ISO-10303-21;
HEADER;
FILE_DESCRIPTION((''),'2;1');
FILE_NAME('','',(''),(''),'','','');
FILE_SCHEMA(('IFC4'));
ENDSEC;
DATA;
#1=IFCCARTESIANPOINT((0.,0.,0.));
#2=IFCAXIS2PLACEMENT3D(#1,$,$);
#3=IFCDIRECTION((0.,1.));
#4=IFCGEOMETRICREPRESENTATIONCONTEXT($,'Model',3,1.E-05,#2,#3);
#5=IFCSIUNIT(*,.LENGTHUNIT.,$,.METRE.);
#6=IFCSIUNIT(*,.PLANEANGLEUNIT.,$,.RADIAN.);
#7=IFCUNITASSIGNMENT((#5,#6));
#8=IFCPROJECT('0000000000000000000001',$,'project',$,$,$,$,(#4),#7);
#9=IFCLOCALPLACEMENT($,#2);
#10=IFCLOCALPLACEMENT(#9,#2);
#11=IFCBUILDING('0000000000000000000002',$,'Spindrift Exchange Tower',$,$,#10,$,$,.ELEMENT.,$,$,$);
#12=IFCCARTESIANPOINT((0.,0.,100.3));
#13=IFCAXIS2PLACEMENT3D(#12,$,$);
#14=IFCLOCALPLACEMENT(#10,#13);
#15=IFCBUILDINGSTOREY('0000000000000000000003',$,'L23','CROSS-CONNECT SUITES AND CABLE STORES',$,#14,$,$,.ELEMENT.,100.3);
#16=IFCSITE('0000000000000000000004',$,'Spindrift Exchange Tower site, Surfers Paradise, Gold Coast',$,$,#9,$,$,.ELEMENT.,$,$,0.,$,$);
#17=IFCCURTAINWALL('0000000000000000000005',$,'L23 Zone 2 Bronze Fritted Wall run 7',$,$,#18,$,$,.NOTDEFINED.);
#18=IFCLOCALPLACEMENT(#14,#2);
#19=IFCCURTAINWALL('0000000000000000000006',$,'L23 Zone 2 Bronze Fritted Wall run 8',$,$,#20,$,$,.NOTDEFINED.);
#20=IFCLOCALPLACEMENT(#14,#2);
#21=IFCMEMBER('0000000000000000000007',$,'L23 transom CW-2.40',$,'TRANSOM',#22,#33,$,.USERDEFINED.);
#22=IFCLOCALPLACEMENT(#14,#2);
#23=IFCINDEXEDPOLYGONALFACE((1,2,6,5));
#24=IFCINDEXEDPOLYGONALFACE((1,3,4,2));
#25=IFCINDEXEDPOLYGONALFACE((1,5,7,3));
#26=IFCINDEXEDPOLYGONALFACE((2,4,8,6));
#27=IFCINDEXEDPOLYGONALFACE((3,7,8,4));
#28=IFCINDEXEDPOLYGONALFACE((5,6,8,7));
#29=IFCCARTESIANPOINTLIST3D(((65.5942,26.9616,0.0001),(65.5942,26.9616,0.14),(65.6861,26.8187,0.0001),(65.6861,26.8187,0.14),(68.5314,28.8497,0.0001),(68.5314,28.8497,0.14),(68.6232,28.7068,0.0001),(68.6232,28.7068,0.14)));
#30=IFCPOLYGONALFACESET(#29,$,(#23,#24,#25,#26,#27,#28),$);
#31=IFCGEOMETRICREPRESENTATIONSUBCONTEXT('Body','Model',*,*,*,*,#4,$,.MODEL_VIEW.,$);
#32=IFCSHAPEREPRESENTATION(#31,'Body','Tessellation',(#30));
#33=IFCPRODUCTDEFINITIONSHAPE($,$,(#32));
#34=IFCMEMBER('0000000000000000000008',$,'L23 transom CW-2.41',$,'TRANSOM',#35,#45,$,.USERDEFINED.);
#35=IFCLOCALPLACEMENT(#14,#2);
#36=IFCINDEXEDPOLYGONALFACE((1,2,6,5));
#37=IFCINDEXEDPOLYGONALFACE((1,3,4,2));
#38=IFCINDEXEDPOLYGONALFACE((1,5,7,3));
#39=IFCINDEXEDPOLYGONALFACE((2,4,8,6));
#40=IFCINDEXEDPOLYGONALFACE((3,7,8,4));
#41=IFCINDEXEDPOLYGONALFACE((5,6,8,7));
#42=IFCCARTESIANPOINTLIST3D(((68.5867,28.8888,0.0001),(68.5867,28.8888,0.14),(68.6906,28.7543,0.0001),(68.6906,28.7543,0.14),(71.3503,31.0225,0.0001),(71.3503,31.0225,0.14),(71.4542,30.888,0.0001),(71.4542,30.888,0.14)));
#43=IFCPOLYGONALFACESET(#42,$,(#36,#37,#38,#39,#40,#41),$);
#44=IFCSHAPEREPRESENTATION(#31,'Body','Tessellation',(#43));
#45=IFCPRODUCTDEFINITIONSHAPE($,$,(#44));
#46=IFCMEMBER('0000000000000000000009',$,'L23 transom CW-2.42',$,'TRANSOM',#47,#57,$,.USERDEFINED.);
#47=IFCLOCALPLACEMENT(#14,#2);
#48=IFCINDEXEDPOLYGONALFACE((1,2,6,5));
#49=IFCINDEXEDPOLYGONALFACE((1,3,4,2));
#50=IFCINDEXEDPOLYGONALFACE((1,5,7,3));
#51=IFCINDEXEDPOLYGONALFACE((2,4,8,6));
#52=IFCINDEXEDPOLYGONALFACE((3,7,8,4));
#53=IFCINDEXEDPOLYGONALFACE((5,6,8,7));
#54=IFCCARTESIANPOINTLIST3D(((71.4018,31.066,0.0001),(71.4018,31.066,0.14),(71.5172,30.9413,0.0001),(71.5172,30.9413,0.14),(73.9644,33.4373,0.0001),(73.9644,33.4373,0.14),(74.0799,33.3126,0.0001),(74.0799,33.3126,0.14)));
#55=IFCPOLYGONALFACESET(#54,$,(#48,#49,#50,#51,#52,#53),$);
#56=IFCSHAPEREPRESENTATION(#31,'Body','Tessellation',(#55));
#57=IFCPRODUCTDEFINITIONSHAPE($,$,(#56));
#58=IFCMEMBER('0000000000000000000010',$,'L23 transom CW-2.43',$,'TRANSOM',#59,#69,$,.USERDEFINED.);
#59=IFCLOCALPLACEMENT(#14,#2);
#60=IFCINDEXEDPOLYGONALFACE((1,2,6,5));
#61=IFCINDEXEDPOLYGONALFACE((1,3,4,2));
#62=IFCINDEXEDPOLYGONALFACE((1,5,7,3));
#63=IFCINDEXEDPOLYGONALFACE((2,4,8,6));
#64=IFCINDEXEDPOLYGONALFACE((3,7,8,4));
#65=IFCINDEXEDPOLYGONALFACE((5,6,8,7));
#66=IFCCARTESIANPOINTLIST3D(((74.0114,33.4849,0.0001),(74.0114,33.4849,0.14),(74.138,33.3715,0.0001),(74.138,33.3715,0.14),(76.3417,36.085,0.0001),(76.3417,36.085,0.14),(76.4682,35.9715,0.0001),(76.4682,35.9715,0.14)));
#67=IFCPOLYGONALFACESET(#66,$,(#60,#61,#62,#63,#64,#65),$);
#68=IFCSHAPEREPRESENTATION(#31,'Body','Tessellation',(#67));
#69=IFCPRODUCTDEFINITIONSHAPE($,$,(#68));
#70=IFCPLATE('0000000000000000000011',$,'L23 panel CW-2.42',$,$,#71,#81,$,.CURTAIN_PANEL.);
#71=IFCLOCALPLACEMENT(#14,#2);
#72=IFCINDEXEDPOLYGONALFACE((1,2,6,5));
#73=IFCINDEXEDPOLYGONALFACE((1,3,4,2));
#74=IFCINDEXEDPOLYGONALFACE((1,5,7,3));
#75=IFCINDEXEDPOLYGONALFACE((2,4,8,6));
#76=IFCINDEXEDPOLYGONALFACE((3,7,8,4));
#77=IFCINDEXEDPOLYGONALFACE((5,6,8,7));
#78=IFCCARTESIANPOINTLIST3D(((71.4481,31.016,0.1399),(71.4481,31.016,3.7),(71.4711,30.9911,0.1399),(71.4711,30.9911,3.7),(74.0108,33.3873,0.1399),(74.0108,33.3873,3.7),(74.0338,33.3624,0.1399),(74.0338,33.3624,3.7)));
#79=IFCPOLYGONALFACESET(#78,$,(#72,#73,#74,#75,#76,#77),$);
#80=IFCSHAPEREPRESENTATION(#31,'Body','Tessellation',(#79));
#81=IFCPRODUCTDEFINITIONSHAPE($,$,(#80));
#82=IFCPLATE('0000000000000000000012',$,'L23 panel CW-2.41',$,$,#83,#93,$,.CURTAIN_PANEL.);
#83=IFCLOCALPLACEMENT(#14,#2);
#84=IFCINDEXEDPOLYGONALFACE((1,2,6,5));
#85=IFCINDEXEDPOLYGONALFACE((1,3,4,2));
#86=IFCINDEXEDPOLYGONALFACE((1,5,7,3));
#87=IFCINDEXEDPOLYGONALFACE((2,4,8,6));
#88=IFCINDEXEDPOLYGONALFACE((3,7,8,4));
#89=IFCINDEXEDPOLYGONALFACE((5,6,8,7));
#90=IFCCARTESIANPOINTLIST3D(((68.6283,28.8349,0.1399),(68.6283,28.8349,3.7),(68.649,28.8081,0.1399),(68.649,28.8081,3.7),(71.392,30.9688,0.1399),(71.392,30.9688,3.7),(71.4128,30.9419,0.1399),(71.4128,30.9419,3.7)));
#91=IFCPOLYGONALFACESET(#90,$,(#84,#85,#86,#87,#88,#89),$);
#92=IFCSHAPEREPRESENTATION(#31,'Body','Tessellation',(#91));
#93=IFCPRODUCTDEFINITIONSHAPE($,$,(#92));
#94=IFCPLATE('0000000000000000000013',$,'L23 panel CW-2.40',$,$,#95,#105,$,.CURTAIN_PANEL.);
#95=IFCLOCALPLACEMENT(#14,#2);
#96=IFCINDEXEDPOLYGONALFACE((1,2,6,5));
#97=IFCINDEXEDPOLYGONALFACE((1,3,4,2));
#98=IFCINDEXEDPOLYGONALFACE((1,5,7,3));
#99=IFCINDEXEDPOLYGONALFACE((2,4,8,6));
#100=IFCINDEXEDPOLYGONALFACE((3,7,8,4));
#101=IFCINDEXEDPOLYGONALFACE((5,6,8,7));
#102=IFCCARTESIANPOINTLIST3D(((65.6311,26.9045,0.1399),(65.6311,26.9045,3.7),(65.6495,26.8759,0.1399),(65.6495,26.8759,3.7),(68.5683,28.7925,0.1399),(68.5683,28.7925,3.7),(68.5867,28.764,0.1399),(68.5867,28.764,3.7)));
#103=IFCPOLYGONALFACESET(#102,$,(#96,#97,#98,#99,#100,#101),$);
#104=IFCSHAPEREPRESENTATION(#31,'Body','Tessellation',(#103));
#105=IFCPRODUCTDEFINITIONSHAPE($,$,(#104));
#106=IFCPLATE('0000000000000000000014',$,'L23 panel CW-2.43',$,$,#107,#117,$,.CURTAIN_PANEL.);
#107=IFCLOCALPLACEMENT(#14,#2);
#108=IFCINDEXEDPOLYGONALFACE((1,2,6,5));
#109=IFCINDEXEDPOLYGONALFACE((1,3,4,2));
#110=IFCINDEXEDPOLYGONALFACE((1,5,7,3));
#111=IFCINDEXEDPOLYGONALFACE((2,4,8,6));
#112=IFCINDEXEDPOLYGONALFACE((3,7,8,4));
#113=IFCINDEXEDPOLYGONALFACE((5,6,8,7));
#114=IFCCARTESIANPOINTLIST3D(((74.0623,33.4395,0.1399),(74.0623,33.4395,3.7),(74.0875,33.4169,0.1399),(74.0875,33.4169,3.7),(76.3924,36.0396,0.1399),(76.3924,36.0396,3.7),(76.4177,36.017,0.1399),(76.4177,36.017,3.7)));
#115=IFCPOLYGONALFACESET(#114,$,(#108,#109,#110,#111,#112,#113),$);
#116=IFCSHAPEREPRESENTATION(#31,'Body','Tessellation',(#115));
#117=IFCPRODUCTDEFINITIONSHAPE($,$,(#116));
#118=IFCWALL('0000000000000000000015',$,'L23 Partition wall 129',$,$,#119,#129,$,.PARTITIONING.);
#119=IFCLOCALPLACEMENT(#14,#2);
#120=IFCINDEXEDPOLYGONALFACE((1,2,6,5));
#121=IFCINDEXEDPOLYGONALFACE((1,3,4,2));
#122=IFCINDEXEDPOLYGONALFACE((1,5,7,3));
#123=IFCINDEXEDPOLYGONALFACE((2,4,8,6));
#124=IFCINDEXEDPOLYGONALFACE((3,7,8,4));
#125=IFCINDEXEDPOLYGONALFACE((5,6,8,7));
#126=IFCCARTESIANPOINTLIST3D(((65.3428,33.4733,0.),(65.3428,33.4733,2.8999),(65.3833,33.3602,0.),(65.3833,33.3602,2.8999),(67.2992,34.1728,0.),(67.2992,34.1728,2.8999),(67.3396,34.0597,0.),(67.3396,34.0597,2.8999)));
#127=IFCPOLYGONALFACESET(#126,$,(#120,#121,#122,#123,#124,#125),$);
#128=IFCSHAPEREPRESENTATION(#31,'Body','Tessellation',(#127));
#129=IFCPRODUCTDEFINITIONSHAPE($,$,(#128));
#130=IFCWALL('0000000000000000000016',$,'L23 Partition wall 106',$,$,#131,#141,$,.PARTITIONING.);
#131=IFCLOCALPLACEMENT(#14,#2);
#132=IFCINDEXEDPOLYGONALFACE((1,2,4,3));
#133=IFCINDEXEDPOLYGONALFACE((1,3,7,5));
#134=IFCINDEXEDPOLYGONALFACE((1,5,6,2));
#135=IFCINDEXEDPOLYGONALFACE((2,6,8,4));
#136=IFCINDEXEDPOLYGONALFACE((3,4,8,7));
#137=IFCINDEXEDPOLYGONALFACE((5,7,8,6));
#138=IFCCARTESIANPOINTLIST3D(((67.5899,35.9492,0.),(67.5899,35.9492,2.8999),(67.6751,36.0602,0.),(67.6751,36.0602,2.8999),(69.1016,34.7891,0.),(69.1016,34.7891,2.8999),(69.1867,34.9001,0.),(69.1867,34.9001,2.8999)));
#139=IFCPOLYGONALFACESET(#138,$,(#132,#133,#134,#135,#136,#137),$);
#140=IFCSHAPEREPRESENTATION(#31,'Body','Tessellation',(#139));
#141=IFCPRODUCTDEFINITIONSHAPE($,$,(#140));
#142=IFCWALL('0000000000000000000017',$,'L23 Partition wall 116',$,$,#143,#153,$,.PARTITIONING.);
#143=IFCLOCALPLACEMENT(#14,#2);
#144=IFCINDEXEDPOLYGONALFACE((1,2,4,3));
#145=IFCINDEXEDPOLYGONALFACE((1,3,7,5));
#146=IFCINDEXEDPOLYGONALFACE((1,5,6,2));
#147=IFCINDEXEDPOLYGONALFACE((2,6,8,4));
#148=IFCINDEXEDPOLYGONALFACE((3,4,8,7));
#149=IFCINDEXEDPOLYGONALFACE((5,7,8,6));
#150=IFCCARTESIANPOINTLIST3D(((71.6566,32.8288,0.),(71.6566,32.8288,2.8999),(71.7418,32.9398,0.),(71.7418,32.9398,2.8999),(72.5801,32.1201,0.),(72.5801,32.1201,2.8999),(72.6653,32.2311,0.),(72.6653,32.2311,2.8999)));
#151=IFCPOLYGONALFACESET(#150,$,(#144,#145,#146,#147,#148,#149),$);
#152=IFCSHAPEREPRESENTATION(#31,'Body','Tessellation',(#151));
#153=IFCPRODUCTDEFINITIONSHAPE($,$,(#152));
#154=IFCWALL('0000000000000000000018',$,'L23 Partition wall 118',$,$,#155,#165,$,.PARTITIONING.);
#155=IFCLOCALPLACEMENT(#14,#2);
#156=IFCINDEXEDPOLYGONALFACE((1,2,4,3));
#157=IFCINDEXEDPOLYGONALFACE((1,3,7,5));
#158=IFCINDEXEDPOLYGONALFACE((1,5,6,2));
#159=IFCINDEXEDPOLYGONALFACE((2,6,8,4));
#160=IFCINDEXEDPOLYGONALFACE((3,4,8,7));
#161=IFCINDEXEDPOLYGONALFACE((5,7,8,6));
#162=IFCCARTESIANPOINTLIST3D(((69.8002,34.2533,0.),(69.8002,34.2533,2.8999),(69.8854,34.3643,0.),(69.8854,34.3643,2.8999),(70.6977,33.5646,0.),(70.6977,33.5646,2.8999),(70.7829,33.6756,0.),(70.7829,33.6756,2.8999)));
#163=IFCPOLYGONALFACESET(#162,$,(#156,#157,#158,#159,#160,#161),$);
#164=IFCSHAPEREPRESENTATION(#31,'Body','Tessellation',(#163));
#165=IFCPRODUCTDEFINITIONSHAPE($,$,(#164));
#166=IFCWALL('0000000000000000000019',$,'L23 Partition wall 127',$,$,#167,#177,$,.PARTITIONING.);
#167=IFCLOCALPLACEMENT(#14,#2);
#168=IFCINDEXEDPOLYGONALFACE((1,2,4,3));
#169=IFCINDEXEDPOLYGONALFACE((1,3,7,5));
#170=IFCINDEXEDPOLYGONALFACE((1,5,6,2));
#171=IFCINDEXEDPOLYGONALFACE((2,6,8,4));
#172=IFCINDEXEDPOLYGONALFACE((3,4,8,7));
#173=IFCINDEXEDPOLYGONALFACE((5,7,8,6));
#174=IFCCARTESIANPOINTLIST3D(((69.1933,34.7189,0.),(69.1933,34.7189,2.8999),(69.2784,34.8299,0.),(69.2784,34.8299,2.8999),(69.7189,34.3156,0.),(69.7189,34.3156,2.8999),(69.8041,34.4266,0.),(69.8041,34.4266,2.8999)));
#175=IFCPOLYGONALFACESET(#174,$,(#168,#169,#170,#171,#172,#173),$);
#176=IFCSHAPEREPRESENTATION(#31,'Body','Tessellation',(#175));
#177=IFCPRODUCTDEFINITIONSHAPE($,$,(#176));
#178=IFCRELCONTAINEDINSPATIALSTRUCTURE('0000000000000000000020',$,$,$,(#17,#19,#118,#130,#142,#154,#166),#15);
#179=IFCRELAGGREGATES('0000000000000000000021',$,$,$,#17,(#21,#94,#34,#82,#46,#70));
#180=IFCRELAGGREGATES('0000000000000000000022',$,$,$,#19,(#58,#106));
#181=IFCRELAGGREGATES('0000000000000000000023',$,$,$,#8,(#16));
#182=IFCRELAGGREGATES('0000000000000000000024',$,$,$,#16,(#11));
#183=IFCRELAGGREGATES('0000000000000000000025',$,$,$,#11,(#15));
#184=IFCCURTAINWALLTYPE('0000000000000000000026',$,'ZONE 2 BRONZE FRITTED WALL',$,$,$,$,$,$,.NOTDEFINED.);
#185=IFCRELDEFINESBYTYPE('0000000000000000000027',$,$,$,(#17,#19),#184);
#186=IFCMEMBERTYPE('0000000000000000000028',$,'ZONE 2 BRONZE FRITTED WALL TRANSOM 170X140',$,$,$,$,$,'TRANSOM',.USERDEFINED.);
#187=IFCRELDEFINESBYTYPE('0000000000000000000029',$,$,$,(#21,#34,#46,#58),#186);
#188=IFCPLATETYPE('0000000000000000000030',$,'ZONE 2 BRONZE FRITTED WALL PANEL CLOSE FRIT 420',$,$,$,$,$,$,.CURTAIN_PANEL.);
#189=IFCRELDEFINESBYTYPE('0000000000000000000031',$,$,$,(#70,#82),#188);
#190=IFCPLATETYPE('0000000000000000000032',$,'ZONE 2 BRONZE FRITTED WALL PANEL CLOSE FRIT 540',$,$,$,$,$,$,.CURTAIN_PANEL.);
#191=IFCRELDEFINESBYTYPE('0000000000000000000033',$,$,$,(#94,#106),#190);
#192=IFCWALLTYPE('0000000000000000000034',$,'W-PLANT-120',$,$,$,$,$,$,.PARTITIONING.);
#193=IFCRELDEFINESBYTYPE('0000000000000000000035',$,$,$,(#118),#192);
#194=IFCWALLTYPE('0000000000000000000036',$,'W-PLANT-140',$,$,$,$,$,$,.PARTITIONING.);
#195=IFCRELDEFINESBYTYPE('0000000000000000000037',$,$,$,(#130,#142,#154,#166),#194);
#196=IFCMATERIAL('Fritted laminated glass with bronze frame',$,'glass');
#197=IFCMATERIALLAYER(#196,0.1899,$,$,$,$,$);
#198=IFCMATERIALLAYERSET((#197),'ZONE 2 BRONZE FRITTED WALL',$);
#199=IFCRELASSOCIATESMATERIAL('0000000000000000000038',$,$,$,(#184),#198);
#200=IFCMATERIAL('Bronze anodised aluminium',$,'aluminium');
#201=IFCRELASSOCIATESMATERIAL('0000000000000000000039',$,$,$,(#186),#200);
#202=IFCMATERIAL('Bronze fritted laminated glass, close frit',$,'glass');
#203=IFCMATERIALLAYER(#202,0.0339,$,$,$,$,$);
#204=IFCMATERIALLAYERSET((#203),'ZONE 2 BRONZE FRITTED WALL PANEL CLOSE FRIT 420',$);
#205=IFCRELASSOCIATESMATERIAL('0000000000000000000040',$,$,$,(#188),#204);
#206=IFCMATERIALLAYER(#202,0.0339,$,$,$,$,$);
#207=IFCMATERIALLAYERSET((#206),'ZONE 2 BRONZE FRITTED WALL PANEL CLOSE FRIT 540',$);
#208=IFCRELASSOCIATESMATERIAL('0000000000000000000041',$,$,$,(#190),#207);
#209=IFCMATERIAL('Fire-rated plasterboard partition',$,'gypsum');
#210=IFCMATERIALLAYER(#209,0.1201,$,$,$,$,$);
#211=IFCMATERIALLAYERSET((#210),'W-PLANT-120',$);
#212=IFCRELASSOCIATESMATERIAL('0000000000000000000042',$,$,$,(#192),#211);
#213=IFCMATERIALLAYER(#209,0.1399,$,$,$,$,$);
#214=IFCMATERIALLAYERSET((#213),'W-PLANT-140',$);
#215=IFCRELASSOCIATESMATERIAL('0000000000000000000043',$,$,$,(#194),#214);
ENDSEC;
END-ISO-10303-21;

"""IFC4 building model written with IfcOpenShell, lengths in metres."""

from ifc_helpers import new_model, si_unit, direction, frame, frame_2d, origin, origin_2d, place, context, subcontext, project, spatial, rectangle, extrude, source, transform, mapped, material, layer, layer_set, material_profile, profile_set, type_object, element, aggregate, save


model = new_model("IFC4")

# Units and contexts
model_context = context("Model", 3, precision=1e-05, world=origin(), true_north=direction((0.0, 1.0)))
body_context = subcontext(model_context, "Body", "Model", "MODEL_VIEW")
ifc_project = project(units=[si_unit("LENGTHUNIT", "METRE"), si_unit("PLANEANGLEUNIT", "RADIAN")], contexts=[model_context])

# Site, building, storey
site_placement = place(None, origin())
site = spatial("IfcSite", under=ifc_project, at=site_placement, Name="Spindrift Exchange Tower site, Surfers Paradise, Gold Coast", CompositionType="ELEMENT", RefElevation=0.0)
building_placement = place(site_placement, origin())
building = spatial("IfcBuilding", under=site, at=building_placement, Name="Spindrift Exchange Tower", CompositionType="ELEMENT")
storey_placement = place(building_placement, frame((0.0, 0.0, 100.3)))
storey = spatial("IfcBuildingStorey", under=building, at=storey_placement, Name="L23", Description="CROSS-CONNECT SUITES AND CABLE STORES", CompositionType="ELEMENT", Elevation=100.3)

# Curtain walls
ifc_material_1 = material(Name="Fritted laminated glass with bronze frame", Category="glass")
ifc_layer_1 = layer(ifc_material_1, 0.1899)
ifc_layer_set_1 = layer_set([ifc_layer_1], Name="ZONE 2 BRONZE FRITTED WALL")
curtain_wall_type = type_object("IfcCurtainWallType", Name="ZONE 2 BRONZE FRITTED WALL", PredefinedType="NOTDEFINED", material=ifc_layer_set_1)
curtain_wall_1_placement = place(storey_placement, origin())
curtain_wall_1 = element("IfcCurtainWall", 1, at=curtain_wall_1_placement, inside=storey, type_object=curtain_wall_type, Name="L23 Zone 2 Bronze Fritted Wall run 7", PredefinedType="NOTDEFINED")
ifc_material_2 = material(Name="Bronze anodised aluminium", Category="aluminium")
curtain_wall_2_placement = place(storey_placement, origin())
curtain_wall_2 = element("IfcCurtainWall", 2, at=curtain_wall_2_placement, inside=storey, type_object=curtain_wall_type, Name="L23 Zone 2 Bronze Fritted Wall run 8", PredefinedType="NOTDEFINED")
ifc_material_profile_1 = material_profile(ifc_material_2, rectangle(XDim=0.1699, YDim=0.1399, at=origin_2d()), Name="ZONE 2 BRONZE FRITTED WALL TRANSOM 170X140")
ifc_profile_set_1 = profile_set([ifc_material_profile_1], Name="Bronze anodised aluminium")
member_type_1 = type_object("IfcMemberType", Name="ZONE 2 BRONZE FRITTED WALL TRANSOM 170X140", ElementType="TRANSOM", PredefinedType="USERDEFINED", material=ifc_profile_set_1)

# Members
shared_shape_1 = source(origin(), body_context, "Body", "SweptSolid", [
    extrude(rectangle(XDim=0.1699, YDim=0.1399, at=origin_2d()), origin(), (0.0, 0.0, 1.0), 3.4917),
])
member_1_placement = place(storey_placement, frame((65.6401, 26.8901, 0.0701), z_axis=(0.841185, 0.540747, 0.0), x_axis=(-0.540747, 0.841185, 0.0)))
member_1 = element("IfcMember", 3, at=member_1_placement, type_object=member_type_1, Name="L23 transom CW-2.40", ObjectType="TRANSOM", PredefinedType="USERDEFINED", context=body_context, shape_type="MappedRepresentation", body=[
    mapped(shared_shape_1, transform((0.0, 0.0, 0.0), scale=1.0)),
])
shared_shape_2 = source(origin(), body_context, "Body", "SweptSolid", [
    extrude(rectangle(XDim=0.1699, YDim=0.1399, at=origin_2d()), origin(), (0.0, 0.0, 1.0), 3.4915),
])
member_2_placement = place(storey_placement, frame((68.6387, 28.8215, 0.0701), z_axis=(0.791531, 0.611129, 0.0), x_axis=(-0.611129, 0.791531, 0.0)))
member_2 = element("IfcMember", 4, at=member_2_placement, type_object=member_type_1, Name="L23 transom CW-2.41", ObjectType="TRANSOM", PredefinedType="USERDEFINED", context=body_context, shape_type="MappedRepresentation", body=[
    mapped(shared_shape_2, transform((0.0, 0.0, 0.0), scale=1.0)),
])
member_3_placement = place(storey_placement, frame((71.4595, 31.0037, 0.0701), z_axis=(0.733985, 0.679165, 0.0), x_axis=(-0.679165, 0.733985, 0.0)))
member_3 = element("IfcMember", 5, at=member_3_placement, type_object=member_type_1, Name="L23 transom CW-2.42", ObjectType="TRANSOM", PredefinedType="USERDEFINED", context=body_context, shape_type="MappedRepresentation", body=[
    mapped(shared_shape_2, transform((0.0, 0.0, 0.0), scale=1.0)),
])
member_4_placement = place(storey_placement, frame((74.0747, 33.4282, 0.0701), z_axis=(0.667418, 0.744683, 0.0), x_axis=(-0.744683, 0.667418, 0.0)))
member_4 = element("IfcMember", 6, at=member_4_placement, type_object=member_type_1, Name="L23 transom CW-2.43", ObjectType="TRANSOM", PredefinedType="USERDEFINED", context=body_context, shape_type="MappedRepresentation", body=[
    mapped(shared_shape_2, transform((0.0, 0.0, 0.0), scale=1.0)),
])

# Plates
ifc_material_3 = material(Name="Bronze fritted laminated glass, close frit", Category="glass")
ifc_layer_2 = layer(ifc_material_3, 0.0339)
ifc_layer_set_2 = layer_set([ifc_layer_2], Name="ZONE 2 BRONZE FRITTED WALL PANEL CLOSE FRIT 420")
plate_type_1 = type_object("IfcPlateType", Name="ZONE 2 BRONZE FRITTED WALL PANEL CLOSE FRIT 420", PredefinedType="CURTAIN_PANEL", material=ifc_layer_set_2)
shared_shape_3 = source(origin(), body_context, "Body", "SweptSolid", [
    extrude(rectangle(XDim=3.4915, YDim=0.0339, at=origin_2d()), origin(), (0.0, 0.0, 1.0), 3.5601),
])
plate_1_placement = place(storey_placement, frame((72.741, 32.1892, 0.1399), z_axis=(0.0, 0.0, 1.0), x_axis=(0.733997, 0.679153, 0.0)))
plate_1 = element("IfcPlate", 7, at=plate_1_placement, type_object=plate_type_1, Name="L23 panel CW-2.42", PredefinedType="CURTAIN_PANEL", context=body_context, shape_type="MappedRepresentation", body=[
    mapped(shared_shape_3, transform((0.0, 0.0, 0.0), scale=1.0)),
])
shared_shape_4 = source(origin(), body_context, "Body", "SweptSolid", [
    extrude(rectangle(XDim=3.4917, YDim=0.0339, at=origin_2d()), origin(), (0.0, 0.0, 1.0), 3.5601),
])
plate_2_placement = place(storey_placement, frame((70.0205, 29.8884, 0.1399), z_axis=(0.0, 0.0, 1.0), x_axis=(0.791528, 0.611133, 0.0)))
plate_2 = element("IfcPlate", 8, at=plate_2_placement, type_object=plate_type_1, Name="L23 panel CW-2.41", PredefinedType="CURTAIN_PANEL", context=body_context, shape_type="MappedRepresentation", body=[
    mapped(shared_shape_4, transform((0.0, 0.0, 0.0), scale=1.0)),
])
ifc_layer_3 = layer(ifc_material_3, 0.0339)
ifc_layer_set_3 = layer_set([ifc_layer_3], Name="ZONE 2 BRONZE FRITTED WALL PANEL CLOSE FRIT 540")
plate_type_2 = type_object("IfcPlateType", Name="ZONE 2 BRONZE FRITTED WALL PANEL CLOSE FRIT 540", PredefinedType="CURTAIN_PANEL", material=ifc_layer_set_3)
shared_shape_5 = source(origin(), body_context, "Body", "SweptSolid", [
    extrude(rectangle(XDim=3.4917, YDim=0.0339, at=origin_2d()), origin(), (0.0, 0.0, 1.0), 3.5601),
])
plate_3_placement = place(storey_placement, frame((67.1089, 27.8342, 0.1399), z_axis=(0.0, 0.0, 1.0), x_axis=(0.841199, 0.540725, 0.0)))
plate_3 = element("IfcPlate", 9, at=plate_3_placement, type_object=plate_type_2, Name="L23 panel CW-2.40", PredefinedType="CURTAIN_PANEL", context=body_context, shape_type="MappedRepresentation", body=[
    mapped(shared_shape_5, transform((0.0, 0.0, 0.0), scale=1.0)),
])
aggregate(curtain_wall_1, [member_1, plate_3, member_2, plate_2, member_3, plate_1])
shared_shape_6 = source(origin(), body_context, "Body", "SweptSolid", [
    extrude(rectangle(XDim=3.4915, YDim=0.0339, at=origin_2d()), origin(), (0.0, 0.0, 1.0), 3.5601),
])
plate_4_placement = place(storey_placement, frame((75.24, 34.7283, 0.1399), z_axis=(0.0, 0.0, 1.0), x_axis=(0.667397, 0.744702, 0.0)))
plate_4 = element("IfcPlate", 10, at=plate_4_placement, type_object=plate_type_2, Name="L23 panel CW-2.43", PredefinedType="CURTAIN_PANEL", context=body_context, shape_type="MappedRepresentation", body=[
    mapped(shared_shape_6, transform((0.0, 0.0, 0.0), scale=1.0)),
])
aggregate(curtain_wall_2, [member_4, plate_4])

# Walls
ifc_material_4 = material(Name="Fire-rated plasterboard partition", Category="gypsum")
ifc_layer_4 = layer(ifc_material_4, 0.1201)
ifc_layer_set_4 = layer_set([ifc_layer_4], Name="W-PLANT-120")
wall_type_1 = type_object("IfcWallType", Name="W-PLANT-120", PredefinedType="PARTITIONING", material=ifc_layer_set_4)
wall_1_placement = place(storey_placement, frame((65.363, 33.4167, 0.0), z_axis=(0.0, 0.0, 1.0), x_axis=(0.941622, 0.336671, 0.0)))
element("IfcWall", 11, at=wall_1_placement, inside=storey, type_object=wall_type_1, Name="L23 Partition wall 129", PredefinedType="PARTITIONING", context=body_context, shape_type="SweptSolid", body=[
    extrude(rectangle(XDim=2.0776, YDim=0.1201, at=frame_2d((1.0388, 0.0))), origin(), (0.0, 0.0, 1.0), 2.8999),
])
ifc_layer_5 = layer(ifc_material_4, 0.1399)
ifc_layer_set_5 = layer_set([ifc_layer_5], Name="W-PLANT-140")
wall_type_2 = type_object("IfcWallType", Name="W-PLANT-140", PredefinedType="PARTITIONING", material=ifc_layer_set_5)
wall_2_placement = place(storey_placement, frame((67.6326, 36.0046, 0.0), z_axis=(0.0, 0.0, 1.0), x_axis=(0.793309, -0.608819, 0.0)))
element("IfcWall", 12, at=wall_2_placement, inside=storey, type_object=wall_type_2, Name="L23 Partition wall 106", PredefinedType="PARTITIONING", context=body_context, shape_type="SweptSolid", body=[
    extrude(rectangle(XDim=1.9055, YDim=0.1399, at=frame_2d((0.9526, 0.0))), origin(), (0.0, 0.0, 1.0), 2.8999),
])
wall_3_placement = place(storey_placement, frame((71.6992, 32.8843, 0.0), z_axis=(0.0, 0.0, 1.0), x_axis=(0.793333, -0.608788, 0.0)))
element("IfcWall", 13, at=wall_3_placement, inside=storey, type_object=wall_type_2, Name="L23 Partition wall 116", PredefinedType="PARTITIONING", context=body_context, shape_type="SweptSolid", body=[
    extrude(rectangle(XDim=1.1641, YDim=0.1399, at=frame_2d((0.582, 0.0))), origin(), (0.0, 0.0, 1.0), 2.8999),
])
wall_4_placement = place(storey_placement, frame((69.8428, 34.3088, 0.0), z_axis=(0.0, 0.0, 1.0), x_axis=(0.793321, -0.608803, 0.0)))
element("IfcWall", 14, at=wall_4_placement, inside=storey, type_object=wall_type_2, Name="L23 Partition wall 118", PredefinedType="PARTITIONING", context=body_context, shape_type="SweptSolid", body=[
    extrude(rectangle(XDim=1.1313, YDim=0.1399, at=frame_2d((0.5657, 0.0))), origin(), (0.0, 0.0, 1.0), 2.8999),
])
wall_5_placement = place(storey_placement, frame((69.2358, 34.7744, 0.0), z_axis=(0.0, 0.0, 1.0), x_axis=(0.793363, -0.608749, 0.0)))
element("IfcWall", 15, at=wall_5_placement, inside=storey, type_object=wall_type_2, Name="L23 Partition wall 127", PredefinedType="PARTITIONING", context=body_context, shape_type="SweptSolid", body=[
    extrude(rectangle(XDim=0.6626, YDim=0.1399, at=frame_2d((0.3313, 0.0))), origin(), (0.0, 0.0, 1.0), 2.8999),
])

save(model, "model.ifc")
